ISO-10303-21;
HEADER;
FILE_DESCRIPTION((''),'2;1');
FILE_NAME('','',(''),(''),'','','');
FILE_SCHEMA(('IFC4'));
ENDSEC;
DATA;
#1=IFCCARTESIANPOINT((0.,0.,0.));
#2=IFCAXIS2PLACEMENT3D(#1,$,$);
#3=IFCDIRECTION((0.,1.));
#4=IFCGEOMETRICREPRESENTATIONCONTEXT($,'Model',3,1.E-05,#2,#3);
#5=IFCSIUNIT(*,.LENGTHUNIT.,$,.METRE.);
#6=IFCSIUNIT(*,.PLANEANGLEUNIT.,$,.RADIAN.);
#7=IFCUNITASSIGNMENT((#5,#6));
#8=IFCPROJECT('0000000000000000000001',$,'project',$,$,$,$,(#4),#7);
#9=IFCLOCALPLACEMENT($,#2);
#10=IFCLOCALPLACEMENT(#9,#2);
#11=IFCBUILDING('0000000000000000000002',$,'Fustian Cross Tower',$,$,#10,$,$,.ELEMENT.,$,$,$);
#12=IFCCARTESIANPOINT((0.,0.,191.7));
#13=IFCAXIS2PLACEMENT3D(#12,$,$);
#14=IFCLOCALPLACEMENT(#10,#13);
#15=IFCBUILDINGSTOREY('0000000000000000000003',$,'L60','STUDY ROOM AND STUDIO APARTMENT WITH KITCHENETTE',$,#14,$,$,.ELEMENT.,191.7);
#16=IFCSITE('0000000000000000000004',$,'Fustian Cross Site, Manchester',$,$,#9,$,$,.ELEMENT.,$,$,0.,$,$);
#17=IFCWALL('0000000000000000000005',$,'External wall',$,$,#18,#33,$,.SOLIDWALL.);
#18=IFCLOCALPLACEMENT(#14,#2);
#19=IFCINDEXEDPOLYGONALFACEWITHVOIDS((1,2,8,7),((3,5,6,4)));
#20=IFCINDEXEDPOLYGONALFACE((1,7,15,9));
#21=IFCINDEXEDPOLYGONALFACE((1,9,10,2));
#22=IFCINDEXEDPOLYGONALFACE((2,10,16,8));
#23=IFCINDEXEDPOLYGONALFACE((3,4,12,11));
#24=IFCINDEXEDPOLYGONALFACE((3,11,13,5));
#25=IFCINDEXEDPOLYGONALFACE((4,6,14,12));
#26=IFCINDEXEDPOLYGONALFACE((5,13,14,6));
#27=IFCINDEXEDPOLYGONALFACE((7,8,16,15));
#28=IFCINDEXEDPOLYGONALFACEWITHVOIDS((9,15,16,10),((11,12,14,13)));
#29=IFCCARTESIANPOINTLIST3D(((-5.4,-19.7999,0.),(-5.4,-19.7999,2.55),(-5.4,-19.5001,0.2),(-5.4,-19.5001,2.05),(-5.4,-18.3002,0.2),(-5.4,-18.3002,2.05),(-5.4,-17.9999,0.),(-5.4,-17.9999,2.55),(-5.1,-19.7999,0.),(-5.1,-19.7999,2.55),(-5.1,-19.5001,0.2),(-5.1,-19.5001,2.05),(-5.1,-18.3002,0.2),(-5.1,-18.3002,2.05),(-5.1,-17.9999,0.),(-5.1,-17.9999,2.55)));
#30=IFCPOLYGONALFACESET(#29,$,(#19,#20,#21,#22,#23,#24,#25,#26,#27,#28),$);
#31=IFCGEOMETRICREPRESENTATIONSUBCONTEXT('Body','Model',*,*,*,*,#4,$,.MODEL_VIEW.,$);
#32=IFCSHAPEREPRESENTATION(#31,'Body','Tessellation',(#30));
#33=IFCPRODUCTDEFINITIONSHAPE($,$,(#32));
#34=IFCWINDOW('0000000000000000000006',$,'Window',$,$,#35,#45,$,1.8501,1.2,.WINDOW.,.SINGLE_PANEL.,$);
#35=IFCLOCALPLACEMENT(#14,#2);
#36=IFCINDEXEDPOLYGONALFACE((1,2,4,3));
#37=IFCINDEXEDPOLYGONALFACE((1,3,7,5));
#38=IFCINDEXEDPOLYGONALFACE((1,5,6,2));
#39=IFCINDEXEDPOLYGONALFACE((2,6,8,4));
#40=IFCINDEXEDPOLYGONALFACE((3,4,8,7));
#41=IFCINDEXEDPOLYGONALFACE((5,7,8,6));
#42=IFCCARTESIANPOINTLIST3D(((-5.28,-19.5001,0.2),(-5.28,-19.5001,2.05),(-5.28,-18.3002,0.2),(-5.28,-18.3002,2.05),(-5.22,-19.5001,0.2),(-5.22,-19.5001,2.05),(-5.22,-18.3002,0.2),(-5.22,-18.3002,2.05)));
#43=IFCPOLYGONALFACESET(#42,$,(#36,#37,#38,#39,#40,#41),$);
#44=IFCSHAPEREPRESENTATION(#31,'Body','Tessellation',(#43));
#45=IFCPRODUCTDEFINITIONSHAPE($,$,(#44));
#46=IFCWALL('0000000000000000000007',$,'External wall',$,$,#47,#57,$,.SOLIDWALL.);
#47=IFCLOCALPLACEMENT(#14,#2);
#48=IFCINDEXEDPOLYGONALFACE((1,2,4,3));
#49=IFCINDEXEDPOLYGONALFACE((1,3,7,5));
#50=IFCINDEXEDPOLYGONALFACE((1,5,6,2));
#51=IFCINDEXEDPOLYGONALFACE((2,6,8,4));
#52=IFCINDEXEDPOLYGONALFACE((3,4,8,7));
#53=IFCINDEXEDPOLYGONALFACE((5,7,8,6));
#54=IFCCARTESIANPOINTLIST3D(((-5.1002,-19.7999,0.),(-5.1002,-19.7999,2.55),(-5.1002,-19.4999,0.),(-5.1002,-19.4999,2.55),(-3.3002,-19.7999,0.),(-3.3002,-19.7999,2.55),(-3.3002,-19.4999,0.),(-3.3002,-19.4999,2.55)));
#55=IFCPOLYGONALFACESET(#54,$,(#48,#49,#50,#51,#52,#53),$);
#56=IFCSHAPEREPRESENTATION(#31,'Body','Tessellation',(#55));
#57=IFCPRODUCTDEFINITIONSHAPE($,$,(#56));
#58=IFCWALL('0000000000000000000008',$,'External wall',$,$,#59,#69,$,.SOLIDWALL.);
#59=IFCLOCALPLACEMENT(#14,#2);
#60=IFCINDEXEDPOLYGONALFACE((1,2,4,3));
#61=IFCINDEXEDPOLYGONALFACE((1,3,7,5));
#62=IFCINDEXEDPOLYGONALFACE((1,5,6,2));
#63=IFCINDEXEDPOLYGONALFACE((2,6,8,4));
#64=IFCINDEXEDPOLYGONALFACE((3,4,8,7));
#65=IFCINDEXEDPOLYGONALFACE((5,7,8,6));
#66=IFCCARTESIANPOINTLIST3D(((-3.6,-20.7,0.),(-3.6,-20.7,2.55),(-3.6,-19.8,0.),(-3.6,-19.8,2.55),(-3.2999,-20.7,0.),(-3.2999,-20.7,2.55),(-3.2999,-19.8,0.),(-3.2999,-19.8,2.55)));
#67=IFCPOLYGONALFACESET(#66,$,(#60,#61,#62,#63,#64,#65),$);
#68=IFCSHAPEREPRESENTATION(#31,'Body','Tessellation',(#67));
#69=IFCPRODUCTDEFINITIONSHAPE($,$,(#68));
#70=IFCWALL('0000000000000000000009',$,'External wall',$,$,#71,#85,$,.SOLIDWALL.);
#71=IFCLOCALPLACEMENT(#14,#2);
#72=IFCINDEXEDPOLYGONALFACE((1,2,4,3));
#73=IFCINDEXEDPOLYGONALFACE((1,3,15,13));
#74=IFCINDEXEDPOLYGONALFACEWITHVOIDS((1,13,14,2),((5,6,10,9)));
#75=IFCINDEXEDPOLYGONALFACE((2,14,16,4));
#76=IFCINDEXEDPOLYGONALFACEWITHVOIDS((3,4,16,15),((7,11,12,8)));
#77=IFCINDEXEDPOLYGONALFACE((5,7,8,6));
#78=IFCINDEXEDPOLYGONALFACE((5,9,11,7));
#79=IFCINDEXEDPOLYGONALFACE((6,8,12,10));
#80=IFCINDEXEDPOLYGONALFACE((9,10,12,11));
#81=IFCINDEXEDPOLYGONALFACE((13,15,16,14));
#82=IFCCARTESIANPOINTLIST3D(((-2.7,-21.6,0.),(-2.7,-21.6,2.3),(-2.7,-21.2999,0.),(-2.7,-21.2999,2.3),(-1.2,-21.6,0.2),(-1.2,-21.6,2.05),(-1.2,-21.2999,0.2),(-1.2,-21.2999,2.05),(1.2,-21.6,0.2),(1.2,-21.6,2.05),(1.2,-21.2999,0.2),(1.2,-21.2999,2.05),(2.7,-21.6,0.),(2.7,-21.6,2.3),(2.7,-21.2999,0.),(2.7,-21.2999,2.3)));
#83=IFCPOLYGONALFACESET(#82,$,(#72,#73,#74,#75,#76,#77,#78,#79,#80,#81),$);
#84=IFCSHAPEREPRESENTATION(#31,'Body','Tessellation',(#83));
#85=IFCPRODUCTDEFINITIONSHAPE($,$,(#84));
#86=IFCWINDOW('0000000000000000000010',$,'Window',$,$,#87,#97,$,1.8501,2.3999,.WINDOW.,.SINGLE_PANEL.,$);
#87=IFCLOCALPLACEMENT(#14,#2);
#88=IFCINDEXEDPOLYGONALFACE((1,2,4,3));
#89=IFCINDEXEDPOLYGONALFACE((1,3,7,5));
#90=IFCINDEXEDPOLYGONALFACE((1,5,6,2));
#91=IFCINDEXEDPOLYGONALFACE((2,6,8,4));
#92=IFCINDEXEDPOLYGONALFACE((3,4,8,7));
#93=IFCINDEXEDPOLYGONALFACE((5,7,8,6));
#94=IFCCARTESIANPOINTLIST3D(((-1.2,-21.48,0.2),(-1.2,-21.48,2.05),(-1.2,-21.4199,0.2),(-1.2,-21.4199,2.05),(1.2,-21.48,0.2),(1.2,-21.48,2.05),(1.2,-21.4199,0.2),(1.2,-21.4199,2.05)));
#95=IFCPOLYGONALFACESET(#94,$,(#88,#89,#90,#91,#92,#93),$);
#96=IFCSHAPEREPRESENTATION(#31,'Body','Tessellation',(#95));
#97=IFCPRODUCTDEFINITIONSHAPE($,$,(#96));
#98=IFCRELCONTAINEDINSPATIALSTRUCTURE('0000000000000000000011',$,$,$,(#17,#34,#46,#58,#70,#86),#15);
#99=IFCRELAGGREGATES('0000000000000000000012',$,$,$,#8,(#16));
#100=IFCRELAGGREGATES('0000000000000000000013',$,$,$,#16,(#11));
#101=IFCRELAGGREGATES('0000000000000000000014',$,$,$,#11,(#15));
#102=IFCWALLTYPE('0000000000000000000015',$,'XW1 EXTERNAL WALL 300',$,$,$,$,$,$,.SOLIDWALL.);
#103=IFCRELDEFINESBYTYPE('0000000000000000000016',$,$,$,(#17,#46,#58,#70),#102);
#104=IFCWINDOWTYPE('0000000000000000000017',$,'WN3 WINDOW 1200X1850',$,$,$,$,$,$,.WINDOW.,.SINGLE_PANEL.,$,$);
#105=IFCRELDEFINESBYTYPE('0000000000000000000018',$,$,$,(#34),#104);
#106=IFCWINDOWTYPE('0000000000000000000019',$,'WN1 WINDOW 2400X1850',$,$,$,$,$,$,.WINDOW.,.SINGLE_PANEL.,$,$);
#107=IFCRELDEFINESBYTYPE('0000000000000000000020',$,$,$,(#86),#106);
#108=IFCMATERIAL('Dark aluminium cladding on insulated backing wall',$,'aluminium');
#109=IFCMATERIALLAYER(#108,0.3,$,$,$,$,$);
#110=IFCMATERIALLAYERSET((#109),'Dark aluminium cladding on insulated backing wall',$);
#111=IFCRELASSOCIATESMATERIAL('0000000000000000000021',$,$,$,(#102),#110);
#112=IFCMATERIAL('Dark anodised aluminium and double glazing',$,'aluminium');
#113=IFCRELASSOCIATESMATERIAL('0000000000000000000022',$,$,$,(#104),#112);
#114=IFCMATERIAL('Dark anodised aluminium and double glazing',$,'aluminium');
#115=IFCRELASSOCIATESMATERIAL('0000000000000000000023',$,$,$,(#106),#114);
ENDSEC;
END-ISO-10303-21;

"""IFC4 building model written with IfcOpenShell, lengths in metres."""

from ifc_helpers import new_model, si_unit, direction, frame, frame_2d, origin, place, context, subcontext, project, spatial, rectangle, extrude, material, layer, layer_set, type_object, element, fill, save


model = new_model("IFC4")

# Units and contexts
model_context = context("Model", 3, precision=1e-05, world=origin(), true_north=direction((0.0, 1.0)))
body_context = subcontext(model_context, "Body", "Model", "MODEL_VIEW")
ifc_project = project(units=[si_unit("LENGTHUNIT", "METRE"), si_unit("PLANEANGLEUNIT", "RADIAN")], contexts=[model_context])

# Site, building, storey
site_placement = place(None, origin())
site = spatial("IfcSite", under=ifc_project, at=site_placement, Name="Fustian Cross Site, Manchester", CompositionType="ELEMENT", RefElevation=0.0)
building_placement = place(site_placement, origin())
building = spatial("IfcBuilding", under=site, at=building_placement, Name="Fustian Cross Tower", CompositionType="ELEMENT")
storey_placement = place(building_placement, frame((0.0, 0.0, 191.7)))
storey = spatial("IfcBuildingStorey", under=building, at=storey_placement, Name="L60", Description="STUDY ROOM AND STUDIO APARTMENT WITH KITCHENETTE", CompositionType="ELEMENT", Elevation=191.7)

# Shared definitions
ifc_material_1 = material(Name="Dark aluminium cladding on insulated backing wall", Category="aluminium")
ifc_layer_1 = layer(ifc_material_1, 0.3)
ifc_layer_set_1 = layer_set([ifc_layer_1], Name="Dark aluminium cladding on insulated backing wall")
wall_type_1 = type_object("IfcWallType", Name="XW1 EXTERNAL WALL 300", PredefinedType="SOLIDWALL", material=ifc_layer_set_1)

# Shared definitions
ifc_material_2 = material(Name="Dark anodised aluminium and double glazing", Category="aluminium")
window_type_1 = type_object("IfcWindowType", Name="WN3 WINDOW 1200X1850", PartitioningType="SINGLE_PANEL", PredefinedType="WINDOW", material=ifc_material_2)

# Wall, opening, window
wall_1_placement = place(storey_placement, frame((-5.25, -18.0, 0.0), z_axis=(0.0, 0.0, 1.0), x_axis=(0.0, -1.0, 0.0)))
wall_1 = element("IfcWall", 1, at=wall_1_placement, inside=storey, type_object=wall_type_1, Name="External wall", PredefinedType="SOLIDWALL", context=body_context, shape_type="SweptSolid", body=[
    extrude(rectangle(XDim=1.8, YDim=0.3, at=frame_2d((0.8999, 0.0))), origin(), (0.0, 0.0, 1.0), 2.55),
])
opening_1_placement = place(wall_1_placement, frame((0.3, 0.0, 0.2)))
opening_1 = element("IfcOpeningElement", 2, at=opening_1_placement, cuts=wall_1, PredefinedType="OPENING", context=body_context, shape_type="SweptSolid", body=[
    extrude(rectangle(XDim=1.2, YDim=1.8501, at=frame_2d((0.6001, 0.925))), frame((0.0, 0.1599, 0.0), z_axis=(0.0, -1.0, 0.0), x_axis=(1.0, 0.0, 0.0)), (0.0, 0.0, 1.0), 0.3201),
])
window_1_placement = place(opening_1_placement, origin())
window_1 = element("IfcWindow", 3, at=window_1_placement, inside=storey, type_object=window_type_1, Name="Window", OverallHeight=1.8501, OverallWidth=1.2, PartitioningType="SINGLE_PANEL", PredefinedType="WINDOW", context=body_context, shape_type="SweptSolid", body=[
    extrude(rectangle(XDim=1.2, YDim=1.8501, at=frame_2d((0.6001, 0.925))), frame((0.0, 0.03, 0.0), z_axis=(0.0, -1.0, 0.0), x_axis=(1.0, 0.0, 0.0)), (0.0, 0.0, 1.0), 0.0601),
])
fill(opening_1, window_1)

# Walls
wall_2_placement = place(storey_placement, frame((-5.1001, -19.6499, 0.0), z_axis=(0.0, 0.0, 1.0), x_axis=(1.0, 0.0, 0.0)))
element("IfcWall", 4, at=wall_2_placement, inside=storey, type_object=wall_type_1, Name="External wall", PredefinedType="SOLIDWALL", context=body_context, shape_type="SweptSolid", body=[
    extrude(rectangle(XDim=1.8, YDim=0.3, at=frame_2d((0.8999, 0.0))), origin(), (0.0, 0.0, 1.0), 2.55),
])
wall_3_placement = place(storey_placement, frame((-3.45, -19.8, 0.0), z_axis=(0.0, 0.0, 1.0), x_axis=(0.0, -1.0, 0.0)))
element("IfcWall", 5, at=wall_3_placement, inside=storey, type_object=wall_type_1, Name="External wall", PredefinedType="SOLIDWALL", context=body_context, shape_type="SweptSolid", body=[
    extrude(rectangle(XDim=0.8999, YDim=0.3, at=frame_2d((0.45, 0.0))), origin(), (0.0, 0.0, 1.0), 2.55),
])

# Wall, opening, window
wall_4_placement = place(storey_placement, frame((-2.7, -21.45, 0.0), z_axis=(0.0, 0.0, 1.0), x_axis=(1.0, 0.0, 0.0)))
wall_4 = element("IfcWall", 6, at=wall_4_placement, inside=storey, type_object=wall_type_1, Name="External wall", PredefinedType="SOLIDWALL", context=body_context, shape_type="SweptSolid", body=[
    extrude(rectangle(XDim=5.3999, YDim=0.3, at=frame_2d((2.7, 0.0))), origin(), (0.0, 0.0, 1.0), 2.3),
])
opening_2_placement = place(wall_4_placement, frame((1.5, 0.0, 0.2)))
opening_2 = element("IfcOpeningElement", 7, at=opening_2_placement, cuts=wall_4, PredefinedType="OPENING", context=body_context, shape_type="SweptSolid", body=[
    extrude(rectangle(XDim=2.3999, YDim=1.8501, at=frame_2d((1.2, 0.925))), frame((0.0, 0.1599, 0.0), z_axis=(0.0, -1.0, 0.0), x_axis=(1.0, 0.0, 0.0)), (0.0, 0.0, 1.0), 0.3201),
])
ifc_material_3 = material(Name="Dark anodised aluminium and double glazing", Category="aluminium")
window_type_2 = type_object("IfcWindowType", Name="WN1 WINDOW 2400X1850", PartitioningType="SINGLE_PANEL", PredefinedType="WINDOW", material=ifc_material_3)
window_2_placement = place(opening_2_placement, origin())
window_2 = element("IfcWindow", 8, at=window_2_placement, inside=storey, type_object=window_type_2, Name="Window", OverallHeight=1.8501, OverallWidth=2.3999, PartitioningType="SINGLE_PANEL", PredefinedType="WINDOW", context=body_context, shape_type="SweptSolid", body=[
    extrude(rectangle(XDim=2.3999, YDim=1.8501, at=frame_2d((1.2, 0.925))), frame((0.0, 0.03, 0.0), z_axis=(0.0, -1.0, 0.0), x_axis=(1.0, 0.0, 0.0)), (0.0, 0.0, 1.0), 0.0601),
])
fill(opening_2, window_2)

save(model, "model.ifc")
